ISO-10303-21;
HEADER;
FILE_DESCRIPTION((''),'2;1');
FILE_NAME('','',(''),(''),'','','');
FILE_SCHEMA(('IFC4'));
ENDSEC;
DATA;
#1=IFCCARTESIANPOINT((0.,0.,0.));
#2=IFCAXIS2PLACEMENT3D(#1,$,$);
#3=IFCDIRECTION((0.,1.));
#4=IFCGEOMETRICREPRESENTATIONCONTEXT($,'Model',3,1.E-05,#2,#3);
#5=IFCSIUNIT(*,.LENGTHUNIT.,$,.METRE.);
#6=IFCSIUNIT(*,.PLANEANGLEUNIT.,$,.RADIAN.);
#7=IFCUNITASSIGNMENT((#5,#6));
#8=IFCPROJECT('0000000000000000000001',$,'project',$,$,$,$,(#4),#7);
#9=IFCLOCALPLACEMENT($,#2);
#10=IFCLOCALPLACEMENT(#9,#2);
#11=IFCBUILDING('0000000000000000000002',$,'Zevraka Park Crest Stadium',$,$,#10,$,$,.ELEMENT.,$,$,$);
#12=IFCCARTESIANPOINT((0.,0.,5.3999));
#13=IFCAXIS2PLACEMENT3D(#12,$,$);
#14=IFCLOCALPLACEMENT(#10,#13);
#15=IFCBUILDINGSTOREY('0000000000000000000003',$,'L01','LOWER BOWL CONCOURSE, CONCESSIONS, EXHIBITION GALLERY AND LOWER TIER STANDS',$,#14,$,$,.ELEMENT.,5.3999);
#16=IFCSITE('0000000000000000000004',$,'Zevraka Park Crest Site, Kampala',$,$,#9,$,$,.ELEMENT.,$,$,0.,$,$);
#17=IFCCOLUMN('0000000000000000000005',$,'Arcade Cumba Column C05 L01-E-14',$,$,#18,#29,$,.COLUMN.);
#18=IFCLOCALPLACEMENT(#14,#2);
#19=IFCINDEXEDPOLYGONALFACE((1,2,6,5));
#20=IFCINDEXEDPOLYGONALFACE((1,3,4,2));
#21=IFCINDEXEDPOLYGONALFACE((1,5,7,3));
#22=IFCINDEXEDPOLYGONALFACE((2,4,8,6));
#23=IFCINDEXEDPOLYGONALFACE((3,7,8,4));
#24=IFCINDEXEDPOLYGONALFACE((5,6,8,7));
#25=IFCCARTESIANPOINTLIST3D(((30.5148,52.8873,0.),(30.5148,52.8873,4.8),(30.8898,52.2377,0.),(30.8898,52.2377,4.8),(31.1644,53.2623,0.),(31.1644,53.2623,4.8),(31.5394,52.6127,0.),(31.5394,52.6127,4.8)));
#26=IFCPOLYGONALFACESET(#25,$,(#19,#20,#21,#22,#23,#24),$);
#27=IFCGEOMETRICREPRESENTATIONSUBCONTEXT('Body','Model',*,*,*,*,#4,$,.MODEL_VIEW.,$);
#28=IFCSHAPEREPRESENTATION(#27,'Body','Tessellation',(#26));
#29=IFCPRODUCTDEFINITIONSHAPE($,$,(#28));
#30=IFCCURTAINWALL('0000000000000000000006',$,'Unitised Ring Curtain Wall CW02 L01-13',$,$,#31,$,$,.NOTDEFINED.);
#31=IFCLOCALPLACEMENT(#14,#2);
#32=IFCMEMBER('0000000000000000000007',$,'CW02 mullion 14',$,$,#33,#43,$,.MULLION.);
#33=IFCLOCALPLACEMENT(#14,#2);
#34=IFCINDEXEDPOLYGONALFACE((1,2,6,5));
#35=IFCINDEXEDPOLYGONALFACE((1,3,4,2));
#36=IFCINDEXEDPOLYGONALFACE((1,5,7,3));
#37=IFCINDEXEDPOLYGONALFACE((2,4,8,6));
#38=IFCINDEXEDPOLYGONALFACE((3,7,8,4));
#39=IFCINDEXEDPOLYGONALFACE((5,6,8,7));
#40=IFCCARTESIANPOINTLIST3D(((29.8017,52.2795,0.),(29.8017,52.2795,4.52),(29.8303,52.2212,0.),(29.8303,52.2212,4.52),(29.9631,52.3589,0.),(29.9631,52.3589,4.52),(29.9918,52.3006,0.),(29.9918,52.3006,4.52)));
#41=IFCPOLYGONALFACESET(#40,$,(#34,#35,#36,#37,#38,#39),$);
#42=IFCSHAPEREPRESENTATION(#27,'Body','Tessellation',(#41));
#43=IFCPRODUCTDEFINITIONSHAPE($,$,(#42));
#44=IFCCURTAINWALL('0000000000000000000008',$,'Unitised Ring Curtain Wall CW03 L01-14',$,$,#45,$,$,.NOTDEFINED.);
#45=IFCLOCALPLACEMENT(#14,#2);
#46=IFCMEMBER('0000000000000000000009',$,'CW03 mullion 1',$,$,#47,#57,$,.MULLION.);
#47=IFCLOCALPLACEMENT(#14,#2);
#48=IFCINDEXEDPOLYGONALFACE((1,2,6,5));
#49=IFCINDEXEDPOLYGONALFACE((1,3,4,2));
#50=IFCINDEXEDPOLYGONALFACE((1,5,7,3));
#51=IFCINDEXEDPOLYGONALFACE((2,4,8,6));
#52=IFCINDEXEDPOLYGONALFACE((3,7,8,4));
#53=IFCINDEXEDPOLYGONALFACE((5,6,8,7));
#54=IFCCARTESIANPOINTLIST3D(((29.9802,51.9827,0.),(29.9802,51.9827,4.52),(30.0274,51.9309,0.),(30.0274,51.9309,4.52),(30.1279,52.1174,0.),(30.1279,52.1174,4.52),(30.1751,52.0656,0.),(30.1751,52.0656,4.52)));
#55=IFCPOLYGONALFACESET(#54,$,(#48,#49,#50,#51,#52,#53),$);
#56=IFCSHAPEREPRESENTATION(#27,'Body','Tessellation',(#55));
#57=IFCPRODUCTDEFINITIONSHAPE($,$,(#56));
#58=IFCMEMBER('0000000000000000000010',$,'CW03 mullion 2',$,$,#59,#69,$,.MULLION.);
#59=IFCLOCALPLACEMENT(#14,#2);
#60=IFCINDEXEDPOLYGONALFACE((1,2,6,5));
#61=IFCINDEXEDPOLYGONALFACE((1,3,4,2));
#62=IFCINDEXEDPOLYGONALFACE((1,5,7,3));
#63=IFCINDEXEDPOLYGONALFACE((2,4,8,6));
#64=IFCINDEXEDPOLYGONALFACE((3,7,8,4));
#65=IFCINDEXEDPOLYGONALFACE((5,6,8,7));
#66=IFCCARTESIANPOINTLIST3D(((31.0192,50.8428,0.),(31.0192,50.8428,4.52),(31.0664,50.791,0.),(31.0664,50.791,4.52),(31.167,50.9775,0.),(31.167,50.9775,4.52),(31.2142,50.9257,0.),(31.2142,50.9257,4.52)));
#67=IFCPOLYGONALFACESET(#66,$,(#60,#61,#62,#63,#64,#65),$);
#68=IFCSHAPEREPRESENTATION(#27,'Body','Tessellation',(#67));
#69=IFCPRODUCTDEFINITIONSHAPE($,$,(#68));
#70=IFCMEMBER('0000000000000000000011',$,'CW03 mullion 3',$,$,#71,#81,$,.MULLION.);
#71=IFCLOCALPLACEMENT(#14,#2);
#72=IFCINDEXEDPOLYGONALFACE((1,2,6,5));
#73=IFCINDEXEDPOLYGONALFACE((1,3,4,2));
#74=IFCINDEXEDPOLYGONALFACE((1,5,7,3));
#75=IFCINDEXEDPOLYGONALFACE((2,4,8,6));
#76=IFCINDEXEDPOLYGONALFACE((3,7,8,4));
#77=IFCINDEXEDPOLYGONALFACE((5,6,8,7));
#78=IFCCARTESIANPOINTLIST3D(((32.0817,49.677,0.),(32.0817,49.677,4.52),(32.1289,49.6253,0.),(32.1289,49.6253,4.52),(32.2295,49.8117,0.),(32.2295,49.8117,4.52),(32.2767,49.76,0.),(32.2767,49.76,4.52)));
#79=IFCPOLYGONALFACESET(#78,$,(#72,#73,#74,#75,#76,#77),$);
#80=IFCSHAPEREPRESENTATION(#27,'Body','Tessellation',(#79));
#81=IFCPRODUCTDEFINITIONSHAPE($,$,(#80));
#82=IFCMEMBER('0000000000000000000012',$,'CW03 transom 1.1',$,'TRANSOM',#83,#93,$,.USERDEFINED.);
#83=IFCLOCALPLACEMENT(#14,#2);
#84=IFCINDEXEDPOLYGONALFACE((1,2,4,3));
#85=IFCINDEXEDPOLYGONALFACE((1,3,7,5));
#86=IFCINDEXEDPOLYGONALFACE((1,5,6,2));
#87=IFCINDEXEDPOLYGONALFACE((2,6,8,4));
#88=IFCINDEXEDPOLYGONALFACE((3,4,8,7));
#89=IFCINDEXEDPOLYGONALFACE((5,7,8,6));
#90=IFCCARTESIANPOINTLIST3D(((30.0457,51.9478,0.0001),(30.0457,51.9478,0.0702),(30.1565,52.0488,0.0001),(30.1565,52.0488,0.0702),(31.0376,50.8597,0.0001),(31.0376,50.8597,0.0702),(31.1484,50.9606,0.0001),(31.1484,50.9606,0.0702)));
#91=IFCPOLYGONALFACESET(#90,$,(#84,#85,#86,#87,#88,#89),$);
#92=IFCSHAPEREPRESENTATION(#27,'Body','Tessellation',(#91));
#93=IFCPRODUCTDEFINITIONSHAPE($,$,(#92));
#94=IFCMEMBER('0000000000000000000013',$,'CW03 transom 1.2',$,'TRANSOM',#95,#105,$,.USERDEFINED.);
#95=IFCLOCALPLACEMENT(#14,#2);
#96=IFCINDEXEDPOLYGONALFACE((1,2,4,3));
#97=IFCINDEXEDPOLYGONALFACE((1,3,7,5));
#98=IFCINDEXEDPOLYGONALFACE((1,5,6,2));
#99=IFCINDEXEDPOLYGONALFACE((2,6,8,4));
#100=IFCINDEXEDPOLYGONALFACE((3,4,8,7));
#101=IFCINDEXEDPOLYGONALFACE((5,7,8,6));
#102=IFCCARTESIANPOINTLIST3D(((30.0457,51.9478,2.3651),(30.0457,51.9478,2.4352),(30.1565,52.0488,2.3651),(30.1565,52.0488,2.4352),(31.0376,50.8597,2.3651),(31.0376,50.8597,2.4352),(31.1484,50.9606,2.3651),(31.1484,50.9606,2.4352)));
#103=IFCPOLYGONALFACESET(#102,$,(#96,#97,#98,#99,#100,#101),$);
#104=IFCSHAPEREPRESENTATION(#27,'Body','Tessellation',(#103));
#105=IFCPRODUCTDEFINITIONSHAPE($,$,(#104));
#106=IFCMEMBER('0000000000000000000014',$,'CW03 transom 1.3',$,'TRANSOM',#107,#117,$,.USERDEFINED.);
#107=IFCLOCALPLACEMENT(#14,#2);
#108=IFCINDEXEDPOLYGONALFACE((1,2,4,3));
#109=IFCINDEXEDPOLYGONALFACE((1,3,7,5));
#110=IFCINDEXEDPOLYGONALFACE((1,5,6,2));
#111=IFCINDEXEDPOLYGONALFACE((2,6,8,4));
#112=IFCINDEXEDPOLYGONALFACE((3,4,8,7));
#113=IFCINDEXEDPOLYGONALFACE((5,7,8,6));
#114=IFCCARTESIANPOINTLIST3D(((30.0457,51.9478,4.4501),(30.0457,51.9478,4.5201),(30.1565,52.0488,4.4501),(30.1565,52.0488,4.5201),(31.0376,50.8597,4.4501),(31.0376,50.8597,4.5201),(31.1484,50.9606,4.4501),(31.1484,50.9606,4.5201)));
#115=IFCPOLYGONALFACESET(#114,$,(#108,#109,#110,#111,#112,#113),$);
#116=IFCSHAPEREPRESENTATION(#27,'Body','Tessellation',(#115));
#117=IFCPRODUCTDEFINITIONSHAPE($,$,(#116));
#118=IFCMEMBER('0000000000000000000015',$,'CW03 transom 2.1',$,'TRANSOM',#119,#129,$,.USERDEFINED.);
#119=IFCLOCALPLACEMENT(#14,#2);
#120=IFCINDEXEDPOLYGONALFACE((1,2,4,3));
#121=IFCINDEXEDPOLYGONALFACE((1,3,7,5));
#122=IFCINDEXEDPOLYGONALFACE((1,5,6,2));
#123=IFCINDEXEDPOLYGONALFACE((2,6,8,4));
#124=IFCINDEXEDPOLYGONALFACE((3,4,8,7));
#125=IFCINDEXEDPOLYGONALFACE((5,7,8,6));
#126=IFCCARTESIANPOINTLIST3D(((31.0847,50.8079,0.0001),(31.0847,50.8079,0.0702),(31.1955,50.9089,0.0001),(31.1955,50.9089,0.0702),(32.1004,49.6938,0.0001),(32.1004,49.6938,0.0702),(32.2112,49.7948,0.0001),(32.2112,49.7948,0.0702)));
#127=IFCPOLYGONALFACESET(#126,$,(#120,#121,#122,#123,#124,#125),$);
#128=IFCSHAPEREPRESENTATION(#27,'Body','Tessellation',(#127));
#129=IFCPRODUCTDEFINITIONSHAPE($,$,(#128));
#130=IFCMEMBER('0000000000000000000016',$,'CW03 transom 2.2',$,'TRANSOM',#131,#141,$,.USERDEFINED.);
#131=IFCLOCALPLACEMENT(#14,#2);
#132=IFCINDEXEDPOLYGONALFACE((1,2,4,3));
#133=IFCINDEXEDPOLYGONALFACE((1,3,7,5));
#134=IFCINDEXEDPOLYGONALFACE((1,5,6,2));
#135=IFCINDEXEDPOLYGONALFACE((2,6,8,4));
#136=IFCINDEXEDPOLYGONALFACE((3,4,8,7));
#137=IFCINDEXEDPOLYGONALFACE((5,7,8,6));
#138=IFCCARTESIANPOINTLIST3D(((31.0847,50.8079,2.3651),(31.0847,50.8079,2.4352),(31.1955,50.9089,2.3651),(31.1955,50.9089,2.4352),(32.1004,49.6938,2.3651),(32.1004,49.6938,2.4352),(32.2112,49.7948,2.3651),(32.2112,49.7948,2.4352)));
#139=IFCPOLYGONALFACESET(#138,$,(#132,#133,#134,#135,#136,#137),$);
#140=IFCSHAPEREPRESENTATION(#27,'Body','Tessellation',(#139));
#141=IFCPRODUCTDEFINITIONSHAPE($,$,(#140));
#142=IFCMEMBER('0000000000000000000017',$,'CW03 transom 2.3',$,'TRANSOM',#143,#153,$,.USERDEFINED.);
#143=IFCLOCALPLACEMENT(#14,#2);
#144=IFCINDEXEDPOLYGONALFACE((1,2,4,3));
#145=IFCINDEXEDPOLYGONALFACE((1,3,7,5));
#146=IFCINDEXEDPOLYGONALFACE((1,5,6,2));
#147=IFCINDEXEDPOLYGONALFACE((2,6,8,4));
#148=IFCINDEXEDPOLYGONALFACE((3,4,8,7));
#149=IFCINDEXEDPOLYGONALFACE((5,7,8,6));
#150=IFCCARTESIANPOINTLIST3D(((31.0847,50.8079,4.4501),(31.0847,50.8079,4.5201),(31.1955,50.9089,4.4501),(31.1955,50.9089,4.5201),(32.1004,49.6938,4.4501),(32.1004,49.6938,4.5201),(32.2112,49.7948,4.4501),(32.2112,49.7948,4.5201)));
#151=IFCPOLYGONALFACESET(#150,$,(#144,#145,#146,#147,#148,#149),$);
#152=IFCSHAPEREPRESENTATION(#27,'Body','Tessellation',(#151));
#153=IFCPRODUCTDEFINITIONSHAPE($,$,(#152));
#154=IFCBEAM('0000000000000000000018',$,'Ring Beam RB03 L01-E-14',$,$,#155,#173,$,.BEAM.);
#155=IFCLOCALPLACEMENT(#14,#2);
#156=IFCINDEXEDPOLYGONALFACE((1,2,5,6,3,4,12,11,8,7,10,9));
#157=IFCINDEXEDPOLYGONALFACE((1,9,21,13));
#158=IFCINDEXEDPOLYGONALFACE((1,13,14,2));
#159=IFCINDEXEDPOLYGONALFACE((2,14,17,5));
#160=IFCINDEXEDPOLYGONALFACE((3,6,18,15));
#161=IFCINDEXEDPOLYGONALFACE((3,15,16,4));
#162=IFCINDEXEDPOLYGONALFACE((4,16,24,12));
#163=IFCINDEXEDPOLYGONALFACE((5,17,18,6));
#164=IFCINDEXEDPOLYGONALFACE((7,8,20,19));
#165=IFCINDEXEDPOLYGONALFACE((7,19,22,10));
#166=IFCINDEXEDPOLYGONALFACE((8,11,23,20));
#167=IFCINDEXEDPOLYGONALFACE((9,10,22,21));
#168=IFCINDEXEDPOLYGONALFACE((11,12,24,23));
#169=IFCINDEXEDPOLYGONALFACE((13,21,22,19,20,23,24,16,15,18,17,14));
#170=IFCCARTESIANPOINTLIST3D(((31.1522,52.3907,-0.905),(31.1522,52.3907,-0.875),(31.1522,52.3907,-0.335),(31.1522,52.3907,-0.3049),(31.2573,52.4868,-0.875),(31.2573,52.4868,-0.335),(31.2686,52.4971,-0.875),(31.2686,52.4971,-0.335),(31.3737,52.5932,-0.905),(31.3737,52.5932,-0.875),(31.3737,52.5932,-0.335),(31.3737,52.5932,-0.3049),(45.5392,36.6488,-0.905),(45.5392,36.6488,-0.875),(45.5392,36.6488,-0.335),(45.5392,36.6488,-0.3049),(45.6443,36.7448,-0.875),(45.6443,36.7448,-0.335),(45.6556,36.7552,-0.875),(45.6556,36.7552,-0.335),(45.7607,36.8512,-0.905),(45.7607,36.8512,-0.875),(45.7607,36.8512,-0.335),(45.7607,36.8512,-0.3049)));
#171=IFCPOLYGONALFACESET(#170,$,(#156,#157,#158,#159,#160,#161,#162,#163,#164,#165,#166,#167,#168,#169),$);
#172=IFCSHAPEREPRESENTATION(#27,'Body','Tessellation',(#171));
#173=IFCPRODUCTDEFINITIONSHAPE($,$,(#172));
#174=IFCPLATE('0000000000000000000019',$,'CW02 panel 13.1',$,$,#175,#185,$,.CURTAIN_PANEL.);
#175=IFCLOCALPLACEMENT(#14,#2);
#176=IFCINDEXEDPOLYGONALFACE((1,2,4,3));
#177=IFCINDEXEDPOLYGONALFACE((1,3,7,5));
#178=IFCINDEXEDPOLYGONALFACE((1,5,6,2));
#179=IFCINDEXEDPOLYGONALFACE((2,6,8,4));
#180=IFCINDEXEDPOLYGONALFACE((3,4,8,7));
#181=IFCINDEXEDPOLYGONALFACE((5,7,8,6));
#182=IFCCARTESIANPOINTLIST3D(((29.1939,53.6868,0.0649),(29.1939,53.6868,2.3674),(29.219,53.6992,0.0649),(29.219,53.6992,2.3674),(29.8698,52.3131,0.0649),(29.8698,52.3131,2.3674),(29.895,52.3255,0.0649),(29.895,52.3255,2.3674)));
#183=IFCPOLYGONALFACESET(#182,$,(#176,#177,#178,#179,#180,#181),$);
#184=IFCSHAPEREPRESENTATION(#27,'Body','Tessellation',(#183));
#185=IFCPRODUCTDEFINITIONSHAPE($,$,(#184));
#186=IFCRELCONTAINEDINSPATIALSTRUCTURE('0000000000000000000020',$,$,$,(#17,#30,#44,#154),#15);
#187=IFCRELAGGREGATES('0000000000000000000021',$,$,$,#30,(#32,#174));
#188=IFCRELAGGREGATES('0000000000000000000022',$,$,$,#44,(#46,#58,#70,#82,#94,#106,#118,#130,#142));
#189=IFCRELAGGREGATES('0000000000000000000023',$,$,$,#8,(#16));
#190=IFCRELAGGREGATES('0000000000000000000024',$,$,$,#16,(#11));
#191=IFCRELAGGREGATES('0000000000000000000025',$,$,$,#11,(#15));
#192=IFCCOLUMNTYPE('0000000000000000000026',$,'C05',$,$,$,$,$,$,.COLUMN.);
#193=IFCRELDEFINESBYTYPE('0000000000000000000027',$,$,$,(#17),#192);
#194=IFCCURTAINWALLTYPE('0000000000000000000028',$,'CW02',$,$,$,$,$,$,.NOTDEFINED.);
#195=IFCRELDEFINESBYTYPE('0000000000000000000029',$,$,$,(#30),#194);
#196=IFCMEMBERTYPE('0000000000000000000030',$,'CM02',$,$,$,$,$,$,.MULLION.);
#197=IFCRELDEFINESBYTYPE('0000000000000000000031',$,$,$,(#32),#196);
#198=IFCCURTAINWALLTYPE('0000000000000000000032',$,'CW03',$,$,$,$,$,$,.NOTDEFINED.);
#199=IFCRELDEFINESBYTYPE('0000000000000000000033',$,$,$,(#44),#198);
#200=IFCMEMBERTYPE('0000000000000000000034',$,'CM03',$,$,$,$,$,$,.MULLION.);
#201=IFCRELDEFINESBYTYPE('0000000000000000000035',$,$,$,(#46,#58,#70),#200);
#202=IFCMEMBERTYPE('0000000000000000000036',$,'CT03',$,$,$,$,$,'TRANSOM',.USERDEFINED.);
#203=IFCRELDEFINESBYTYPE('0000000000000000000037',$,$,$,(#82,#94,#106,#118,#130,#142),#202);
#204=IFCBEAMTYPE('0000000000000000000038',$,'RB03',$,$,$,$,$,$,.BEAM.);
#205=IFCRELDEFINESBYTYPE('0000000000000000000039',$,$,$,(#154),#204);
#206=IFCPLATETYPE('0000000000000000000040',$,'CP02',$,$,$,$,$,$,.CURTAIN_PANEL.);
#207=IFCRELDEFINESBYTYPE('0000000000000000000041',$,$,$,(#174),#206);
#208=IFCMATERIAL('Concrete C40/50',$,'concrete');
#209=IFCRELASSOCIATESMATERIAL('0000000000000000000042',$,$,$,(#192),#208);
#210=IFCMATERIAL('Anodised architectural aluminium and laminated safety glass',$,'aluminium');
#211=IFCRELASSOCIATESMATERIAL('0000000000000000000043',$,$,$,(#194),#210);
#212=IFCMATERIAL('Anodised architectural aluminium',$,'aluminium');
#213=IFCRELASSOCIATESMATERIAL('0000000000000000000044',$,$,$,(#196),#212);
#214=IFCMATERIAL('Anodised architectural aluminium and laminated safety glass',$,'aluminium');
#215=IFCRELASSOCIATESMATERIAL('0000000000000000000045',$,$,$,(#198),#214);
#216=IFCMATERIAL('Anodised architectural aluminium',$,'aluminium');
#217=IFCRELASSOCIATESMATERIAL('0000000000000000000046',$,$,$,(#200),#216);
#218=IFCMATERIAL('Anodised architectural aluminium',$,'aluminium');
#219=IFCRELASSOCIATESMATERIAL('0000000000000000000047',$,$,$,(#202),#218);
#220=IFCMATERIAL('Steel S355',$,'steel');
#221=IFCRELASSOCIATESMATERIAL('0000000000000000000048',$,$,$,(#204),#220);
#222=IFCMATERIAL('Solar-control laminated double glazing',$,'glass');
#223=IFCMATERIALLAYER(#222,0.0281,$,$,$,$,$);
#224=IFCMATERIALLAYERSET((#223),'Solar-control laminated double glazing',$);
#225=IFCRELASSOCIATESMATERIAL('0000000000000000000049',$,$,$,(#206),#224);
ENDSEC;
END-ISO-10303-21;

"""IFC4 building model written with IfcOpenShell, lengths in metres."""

from ifc_helpers import new_model, si_unit, direction, frame, origin, origin_2d, place, context, subcontext, project, spatial, rectangle, i_section, extrude, material, layer, layer_set, material_profile, profile_set, type_object, element, aggregate, save


model = new_model("IFC4")

# Units and contexts
model_context = context("Model", 3, precision=1e-05, world=origin(), true_north=direction((0.0, 1.0)))
body_context = subcontext(model_context, "Body", "Model", "MODEL_VIEW")
ifc_project = project(units=[si_unit("LENGTHUNIT", "METRE"), si_unit("PLANEANGLEUNIT", "RADIAN")], contexts=[model_context])

# Site, building, storey
site_placement = place(None, origin())
site = spatial("IfcSite", under=ifc_project, at=site_placement, Name="Zevraka Park Crest Site, Kampala", CompositionType="ELEMENT", RefElevation=0.0)
building_placement = place(site_placement, origin())
building = spatial("IfcBuilding", under=site, at=building_placement, Name="Zevraka Park Crest Stadium", CompositionType="ELEMENT")
storey_placement = place(building_placement, frame((0.0, 0.0, 5.3999)))
storey = spatial("IfcBuildingStorey", under=building, at=storey_placement, Name="L01", Description="LOWER BOWL CONCOURSE, CONCESSIONS, EXHIBITION GALLERY AND LOWER TIER STANDS", CompositionType="ELEMENT", Elevation=5.3999)

# Column
ifc_material_1 = material(Name="Concrete C40/50", Category="concrete")
ifc_material_profile_1 = material_profile(ifc_material_1, rectangle(XDim=0.75, YDim=0.75, at=origin_2d()), Name="RC 750x750")
ifc_profile_set_1 = profile_set([ifc_material_profile_1], Name="Concrete C40/50")
column_type = type_object("IfcColumnType", Name="C05", PredefinedType="COLUMN", material=ifc_profile_set_1)
column_placement = place(storey_placement, frame((31.0271, 52.75, 0.0), z_axis=(0.0, 0.0, 1.0), x_axis=(0.866025, 0.5, 0.0)))
element("IfcColumn", 1, at=column_placement, inside=storey, type_object=column_type, Name="Arcade Cumba Column C05 L01-E-14", PredefinedType="COLUMN", context=body_context, shape_type="SweptSolid", body=[
    extrude(rectangle(XDim=0.75, YDim=0.75, at=origin_2d()), origin(), (0.0, 0.0, 1.0), 4.8),
])

# Curtain wall, member
ifc_material_2 = material(Name="Anodised architectural aluminium and laminated safety glass", Category="aluminium")
curtain_wall_type_1 = type_object("IfcCurtainWallType", Name="CW02", PredefinedType="NOTDEFINED", material=ifc_material_2)
curtain_wall_1_placement = place(storey_placement, origin())
curtain_wall_1 = element("IfcCurtainWall", 2, at=curtain_wall_1_placement, inside=storey, type_object=curtain_wall_type_1, Name="Unitised Ring Curtain Wall CW02 L01-13", PredefinedType="NOTDEFINED")
ifc_material_3 = material(Name="Anodised architectural aluminium", Category="aluminium")
ifc_material_profile_2 = material_profile(ifc_material_3, rectangle(XDim=0.1799, YDim=0.0649, at=origin_2d()), Name="ALU MULLION 180x65")
ifc_profile_set_2 = profile_set([ifc_material_profile_2], Name="Anodised architectural aluminium")
member_type_1 = type_object("IfcMemberType", Name="CM02", PredefinedType="MULLION", material=ifc_profile_set_2)
member_1_placement = place(storey_placement, frame((29.8967, 52.29, 0.0), z_axis=(0.0, 0.0, 1.0), x_axis=(0.897253, 0.441517, 0.0)))
member_1 = element("IfcMember", 3, at=member_1_placement, type_object=member_type_1, Name="CW02 mullion 14", PredefinedType="MULLION", context=body_context, shape_type="SweptSolid", body=[
    extrude(rectangle(XDim=0.1799, YDim=0.0649, at=origin_2d()), origin(), (0.0, 0.0, 1.0), 4.52),
])

# Curtain wall, members
ifc_material_4 = material(Name="Anodised architectural aluminium and laminated safety glass", Category="aluminium")
curtain_wall_type_2 = type_object("IfcCurtainWallType", Name="CW03", PredefinedType="NOTDEFINED", material=ifc_material_4)
curtain_wall_2_placement = place(storey_placement, origin())
curtain_wall_2 = element("IfcCurtainWall", 4, at=curtain_wall_2_placement, inside=storey, type_object=curtain_wall_type_2, Name="Unitised Ring Curtain Wall CW03 L01-14", PredefinedType="NOTDEFINED")
ifc_material_5 = material(Name="Anodised architectural aluminium", Category="aluminium")
ifc_material_profile_3 = material_profile(ifc_material_5, rectangle(XDim=0.2, YDim=0.0701, at=origin_2d()), Name="ALU MULLION 200x70")
ifc_profile_set_3 = profile_set([ifc_material_profile_3], Name="Anodised architectural aluminium")
member_type_2 = type_object("IfcMemberType", Name="CM03", PredefinedType="MULLION", material=ifc_profile_set_3)
member_2_placement = place(storey_placement, frame((30.0776, 52.0242, 0.0), z_axis=(0.0, 0.0, 1.0), x_axis=(0.739023, 0.67368, 0.0)))
member_2 = element("IfcMember", 5, at=member_2_placement, type_object=member_type_2, Name="CW03 mullion 1", PredefinedType="MULLION", context=body_context, shape_type="SweptSolid", body=[
    extrude(rectangle(XDim=0.2, YDim=0.0701, at=origin_2d()), origin(), (0.0, 0.0, 1.0), 4.52),
])
member_3_placement = place(storey_placement, frame((31.1167, 50.8843, 0.0), z_axis=(0.0, 0.0, 1.0), x_axis=(0.739023, 0.67368, 0.0)))
member_3 = element("IfcMember", 6, at=member_3_placement, type_object=member_type_2, Name="CW03 mullion 2", PredefinedType="MULLION", context=body_context, shape_type="SweptSolid", body=[
    extrude(rectangle(XDim=0.2, YDim=0.0701, at=origin_2d()), origin(), (0.0, 0.0, 1.0), 4.52),
])
member_4_placement = place(storey_placement, frame((32.1792, 49.7185, 0.0), z_axis=(0.0, 0.0, 1.0), x_axis=(0.739023, 0.67368, 0.0)))
member_4 = element("IfcMember", 7, at=member_4_placement, type_object=member_type_2, Name="CW03 mullion 3", PredefinedType="MULLION", context=body_context, shape_type="SweptSolid", body=[
    extrude(rectangle(XDim=0.2, YDim=0.0701, at=origin_2d()), origin(), (0.0, 0.0, 1.0), 4.52),
])
ifc_material_6 = material(Name="Anodised architectural aluminium", Category="aluminium")
ifc_material_profile_4 = material_profile(ifc_material_6, rectangle(XDim=0.1499, YDim=0.0701, at=origin_2d()), Name="ALU TRANSOM 150x70")
ifc_profile_set_4 = profile_set([ifc_material_profile_4], Name="Anodised architectural aluminium")
member_type_3 = type_object("IfcMemberType", Name="CT03", ElementType="TRANSOM", PredefinedType="USERDEFINED", material=ifc_profile_set_4)
member_5_placement = place(storey_placement, frame((30.1011, 51.9983, 0.0352), z_axis=(0.673687, -0.739017, 0.0), x_axis=(0.739017, 0.673687, 0.0)))
member_5 = element("IfcMember", 8, at=member_5_placement, type_object=member_type_3, Name="CW03 transom 1.1", ObjectType="TRANSOM", PredefinedType="USERDEFINED", context=body_context, shape_type="SweptSolid", body=[
    extrude(rectangle(XDim=0.1499, YDim=0.0701, at=origin_2d()), origin(), (0.0, 0.0, 1.0), 1.4724),
])
member_6_placement = place(storey_placement, frame((30.1011, 51.9983, 2.4001), z_axis=(0.673687, -0.739017, 0.0), x_axis=(0.739017, 0.673687, 0.0)))
member_6 = element("IfcMember", 9, at=member_6_placement, type_object=member_type_3, Name="CW03 transom 1.2", ObjectType="TRANSOM", PredefinedType="USERDEFINED", context=body_context, shape_type="SweptSolid", body=[
    extrude(rectangle(XDim=0.1499, YDim=0.0701, at=origin_2d()), origin(), (0.0, 0.0, 1.0), 1.4724),
])
member_7_placement = place(storey_placement, frame((30.1011, 51.9983, 4.4851), z_axis=(0.673687, -0.739017, 0.0), x_axis=(0.739017, 0.673687, 0.0)))
member_7 = element("IfcMember", 10, at=member_7_placement, type_object=member_type_3, Name="CW03 transom 1.3", ObjectType="TRANSOM", PredefinedType="USERDEFINED", context=body_context, shape_type="SweptSolid", body=[
    extrude(rectangle(XDim=0.1499, YDim=0.0701, at=origin_2d()), origin(), (0.0, 0.0, 1.0), 1.4724),
])
member_8_placement = place(storey_placement, frame((31.1401, 50.8584, 0.0352), z_axis=(0.67372, -0.738987, 0.0), x_axis=(0.738987, 0.67372, 0.0)))
member_8 = element("IfcMember", 11, at=member_8_placement, type_object=member_type_3, Name="CW03 transom 2.1", ObjectType="TRANSOM", PredefinedType="USERDEFINED", context=body_context, shape_type="SweptSolid", body=[
    extrude(rectangle(XDim=0.1499, YDim=0.0701, at=origin_2d()), origin(), (0.0, 0.0, 1.0), 1.5076),
])
member_9_placement = place(storey_placement, frame((31.1401, 50.8584, 2.4001), z_axis=(0.67372, -0.738987, 0.0), x_axis=(0.738987, 0.67372, 0.0)))
member_9 = element("IfcMember", 12, at=member_9_placement, type_object=member_type_3, Name="CW03 transom 2.2", ObjectType="TRANSOM", PredefinedType="USERDEFINED", context=body_context, shape_type="SweptSolid", body=[
    extrude(rectangle(XDim=0.1499, YDim=0.0701, at=origin_2d()), origin(), (0.0, 0.0, 1.0), 1.5076),
])
member_10_placement = place(storey_placement, frame((31.1401, 50.8584, 4.4851), z_axis=(0.67372, -0.738987, 0.0), x_axis=(0.738987, 0.67372, 0.0)))
member_10 = element("IfcMember", 13, at=member_10_placement, type_object=member_type_3, Name="CW03 transom 2.3", ObjectType="TRANSOM", PredefinedType="USERDEFINED", context=body_context, shape_type="SweptSolid", body=[
    extrude(rectangle(XDim=0.1499, YDim=0.0701, at=origin_2d()), origin(), (0.0, 0.0, 1.0), 1.5076),
])

# Beam
ifc_material_7 = material(Name="Steel S355", Category="steel")
ifc_material_profile_5 = material_profile(ifc_material_7, i_section(OverallWidth=0.3, OverallDepth=0.6001, WebThickness=0.0154, FlangeThickness=0.03, at=origin_2d()), Name="HEB 600")
ifc_profile_set_5 = profile_set([ifc_material_profile_5], Name="Steel S355")
beam_type = type_object("IfcBeamType", Name="RB03", PredefinedType="BEAM", material=ifc_profile_set_5)
beam_placement = place(storey_placement, frame((31.2629, 52.4919, -0.605), z_axis=(0.674624, -0.738161, 0.0), x_axis=(0.738161, 0.674624, 0.0)))
element("IfcBeam", 14, at=beam_placement, inside=storey, type_object=beam_type, Name="Ring Beam RB03 L01-E-14", PredefinedType="BEAM", context=body_context, shape_type="SweptSolid", body=[
    extrude(i_section(OverallWidth=0.3, OverallDepth=0.6001, WebThickness=0.0154, FlangeThickness=0.03, at=origin_2d()), origin(), (0.0, 0.0, 1.0), 21.3259),
])

# Plate
ifc_material_8 = material(Name="Solar-control laminated double glazing", Category="glass")
ifc_layer_1 = layer(ifc_material_8, 0.0281)
ifc_layer_set_1 = layer_set([ifc_layer_1], Name="Solar-control laminated double glazing")
plate_type_1 = type_object("IfcPlateType", Name="CP02", PredefinedType="CURTAIN_PANEL", material=ifc_layer_set_1)
plate_1_placement = place(storey_placement, frame((29.5444, 53.0061, 0.0649), z_axis=(0.0, 0.0, 1.0), x_axis=(0.441517, -0.897253, 0.0)))
plate_1 = element("IfcPlate", 15, at=plate_1_placement, type_object=plate_type_1, Name="CW02 panel 13.1", PredefinedType="CURTAIN_PANEL", context=body_context, shape_type="SweptSolid", body=[
    extrude(rectangle(XDim=1.531, YDim=0.0281, at=origin_2d()), origin(), (0.0, 0.0, 1.0), 2.3025),
])
aggregate(curtain_wall_1, [member_1, plate_1])
aggregate(curtain_wall_2, [member_2, member_3, member_4, member_5, member_6, member_7, member_8, member_9, member_10])

save(model, "model.ifc")
